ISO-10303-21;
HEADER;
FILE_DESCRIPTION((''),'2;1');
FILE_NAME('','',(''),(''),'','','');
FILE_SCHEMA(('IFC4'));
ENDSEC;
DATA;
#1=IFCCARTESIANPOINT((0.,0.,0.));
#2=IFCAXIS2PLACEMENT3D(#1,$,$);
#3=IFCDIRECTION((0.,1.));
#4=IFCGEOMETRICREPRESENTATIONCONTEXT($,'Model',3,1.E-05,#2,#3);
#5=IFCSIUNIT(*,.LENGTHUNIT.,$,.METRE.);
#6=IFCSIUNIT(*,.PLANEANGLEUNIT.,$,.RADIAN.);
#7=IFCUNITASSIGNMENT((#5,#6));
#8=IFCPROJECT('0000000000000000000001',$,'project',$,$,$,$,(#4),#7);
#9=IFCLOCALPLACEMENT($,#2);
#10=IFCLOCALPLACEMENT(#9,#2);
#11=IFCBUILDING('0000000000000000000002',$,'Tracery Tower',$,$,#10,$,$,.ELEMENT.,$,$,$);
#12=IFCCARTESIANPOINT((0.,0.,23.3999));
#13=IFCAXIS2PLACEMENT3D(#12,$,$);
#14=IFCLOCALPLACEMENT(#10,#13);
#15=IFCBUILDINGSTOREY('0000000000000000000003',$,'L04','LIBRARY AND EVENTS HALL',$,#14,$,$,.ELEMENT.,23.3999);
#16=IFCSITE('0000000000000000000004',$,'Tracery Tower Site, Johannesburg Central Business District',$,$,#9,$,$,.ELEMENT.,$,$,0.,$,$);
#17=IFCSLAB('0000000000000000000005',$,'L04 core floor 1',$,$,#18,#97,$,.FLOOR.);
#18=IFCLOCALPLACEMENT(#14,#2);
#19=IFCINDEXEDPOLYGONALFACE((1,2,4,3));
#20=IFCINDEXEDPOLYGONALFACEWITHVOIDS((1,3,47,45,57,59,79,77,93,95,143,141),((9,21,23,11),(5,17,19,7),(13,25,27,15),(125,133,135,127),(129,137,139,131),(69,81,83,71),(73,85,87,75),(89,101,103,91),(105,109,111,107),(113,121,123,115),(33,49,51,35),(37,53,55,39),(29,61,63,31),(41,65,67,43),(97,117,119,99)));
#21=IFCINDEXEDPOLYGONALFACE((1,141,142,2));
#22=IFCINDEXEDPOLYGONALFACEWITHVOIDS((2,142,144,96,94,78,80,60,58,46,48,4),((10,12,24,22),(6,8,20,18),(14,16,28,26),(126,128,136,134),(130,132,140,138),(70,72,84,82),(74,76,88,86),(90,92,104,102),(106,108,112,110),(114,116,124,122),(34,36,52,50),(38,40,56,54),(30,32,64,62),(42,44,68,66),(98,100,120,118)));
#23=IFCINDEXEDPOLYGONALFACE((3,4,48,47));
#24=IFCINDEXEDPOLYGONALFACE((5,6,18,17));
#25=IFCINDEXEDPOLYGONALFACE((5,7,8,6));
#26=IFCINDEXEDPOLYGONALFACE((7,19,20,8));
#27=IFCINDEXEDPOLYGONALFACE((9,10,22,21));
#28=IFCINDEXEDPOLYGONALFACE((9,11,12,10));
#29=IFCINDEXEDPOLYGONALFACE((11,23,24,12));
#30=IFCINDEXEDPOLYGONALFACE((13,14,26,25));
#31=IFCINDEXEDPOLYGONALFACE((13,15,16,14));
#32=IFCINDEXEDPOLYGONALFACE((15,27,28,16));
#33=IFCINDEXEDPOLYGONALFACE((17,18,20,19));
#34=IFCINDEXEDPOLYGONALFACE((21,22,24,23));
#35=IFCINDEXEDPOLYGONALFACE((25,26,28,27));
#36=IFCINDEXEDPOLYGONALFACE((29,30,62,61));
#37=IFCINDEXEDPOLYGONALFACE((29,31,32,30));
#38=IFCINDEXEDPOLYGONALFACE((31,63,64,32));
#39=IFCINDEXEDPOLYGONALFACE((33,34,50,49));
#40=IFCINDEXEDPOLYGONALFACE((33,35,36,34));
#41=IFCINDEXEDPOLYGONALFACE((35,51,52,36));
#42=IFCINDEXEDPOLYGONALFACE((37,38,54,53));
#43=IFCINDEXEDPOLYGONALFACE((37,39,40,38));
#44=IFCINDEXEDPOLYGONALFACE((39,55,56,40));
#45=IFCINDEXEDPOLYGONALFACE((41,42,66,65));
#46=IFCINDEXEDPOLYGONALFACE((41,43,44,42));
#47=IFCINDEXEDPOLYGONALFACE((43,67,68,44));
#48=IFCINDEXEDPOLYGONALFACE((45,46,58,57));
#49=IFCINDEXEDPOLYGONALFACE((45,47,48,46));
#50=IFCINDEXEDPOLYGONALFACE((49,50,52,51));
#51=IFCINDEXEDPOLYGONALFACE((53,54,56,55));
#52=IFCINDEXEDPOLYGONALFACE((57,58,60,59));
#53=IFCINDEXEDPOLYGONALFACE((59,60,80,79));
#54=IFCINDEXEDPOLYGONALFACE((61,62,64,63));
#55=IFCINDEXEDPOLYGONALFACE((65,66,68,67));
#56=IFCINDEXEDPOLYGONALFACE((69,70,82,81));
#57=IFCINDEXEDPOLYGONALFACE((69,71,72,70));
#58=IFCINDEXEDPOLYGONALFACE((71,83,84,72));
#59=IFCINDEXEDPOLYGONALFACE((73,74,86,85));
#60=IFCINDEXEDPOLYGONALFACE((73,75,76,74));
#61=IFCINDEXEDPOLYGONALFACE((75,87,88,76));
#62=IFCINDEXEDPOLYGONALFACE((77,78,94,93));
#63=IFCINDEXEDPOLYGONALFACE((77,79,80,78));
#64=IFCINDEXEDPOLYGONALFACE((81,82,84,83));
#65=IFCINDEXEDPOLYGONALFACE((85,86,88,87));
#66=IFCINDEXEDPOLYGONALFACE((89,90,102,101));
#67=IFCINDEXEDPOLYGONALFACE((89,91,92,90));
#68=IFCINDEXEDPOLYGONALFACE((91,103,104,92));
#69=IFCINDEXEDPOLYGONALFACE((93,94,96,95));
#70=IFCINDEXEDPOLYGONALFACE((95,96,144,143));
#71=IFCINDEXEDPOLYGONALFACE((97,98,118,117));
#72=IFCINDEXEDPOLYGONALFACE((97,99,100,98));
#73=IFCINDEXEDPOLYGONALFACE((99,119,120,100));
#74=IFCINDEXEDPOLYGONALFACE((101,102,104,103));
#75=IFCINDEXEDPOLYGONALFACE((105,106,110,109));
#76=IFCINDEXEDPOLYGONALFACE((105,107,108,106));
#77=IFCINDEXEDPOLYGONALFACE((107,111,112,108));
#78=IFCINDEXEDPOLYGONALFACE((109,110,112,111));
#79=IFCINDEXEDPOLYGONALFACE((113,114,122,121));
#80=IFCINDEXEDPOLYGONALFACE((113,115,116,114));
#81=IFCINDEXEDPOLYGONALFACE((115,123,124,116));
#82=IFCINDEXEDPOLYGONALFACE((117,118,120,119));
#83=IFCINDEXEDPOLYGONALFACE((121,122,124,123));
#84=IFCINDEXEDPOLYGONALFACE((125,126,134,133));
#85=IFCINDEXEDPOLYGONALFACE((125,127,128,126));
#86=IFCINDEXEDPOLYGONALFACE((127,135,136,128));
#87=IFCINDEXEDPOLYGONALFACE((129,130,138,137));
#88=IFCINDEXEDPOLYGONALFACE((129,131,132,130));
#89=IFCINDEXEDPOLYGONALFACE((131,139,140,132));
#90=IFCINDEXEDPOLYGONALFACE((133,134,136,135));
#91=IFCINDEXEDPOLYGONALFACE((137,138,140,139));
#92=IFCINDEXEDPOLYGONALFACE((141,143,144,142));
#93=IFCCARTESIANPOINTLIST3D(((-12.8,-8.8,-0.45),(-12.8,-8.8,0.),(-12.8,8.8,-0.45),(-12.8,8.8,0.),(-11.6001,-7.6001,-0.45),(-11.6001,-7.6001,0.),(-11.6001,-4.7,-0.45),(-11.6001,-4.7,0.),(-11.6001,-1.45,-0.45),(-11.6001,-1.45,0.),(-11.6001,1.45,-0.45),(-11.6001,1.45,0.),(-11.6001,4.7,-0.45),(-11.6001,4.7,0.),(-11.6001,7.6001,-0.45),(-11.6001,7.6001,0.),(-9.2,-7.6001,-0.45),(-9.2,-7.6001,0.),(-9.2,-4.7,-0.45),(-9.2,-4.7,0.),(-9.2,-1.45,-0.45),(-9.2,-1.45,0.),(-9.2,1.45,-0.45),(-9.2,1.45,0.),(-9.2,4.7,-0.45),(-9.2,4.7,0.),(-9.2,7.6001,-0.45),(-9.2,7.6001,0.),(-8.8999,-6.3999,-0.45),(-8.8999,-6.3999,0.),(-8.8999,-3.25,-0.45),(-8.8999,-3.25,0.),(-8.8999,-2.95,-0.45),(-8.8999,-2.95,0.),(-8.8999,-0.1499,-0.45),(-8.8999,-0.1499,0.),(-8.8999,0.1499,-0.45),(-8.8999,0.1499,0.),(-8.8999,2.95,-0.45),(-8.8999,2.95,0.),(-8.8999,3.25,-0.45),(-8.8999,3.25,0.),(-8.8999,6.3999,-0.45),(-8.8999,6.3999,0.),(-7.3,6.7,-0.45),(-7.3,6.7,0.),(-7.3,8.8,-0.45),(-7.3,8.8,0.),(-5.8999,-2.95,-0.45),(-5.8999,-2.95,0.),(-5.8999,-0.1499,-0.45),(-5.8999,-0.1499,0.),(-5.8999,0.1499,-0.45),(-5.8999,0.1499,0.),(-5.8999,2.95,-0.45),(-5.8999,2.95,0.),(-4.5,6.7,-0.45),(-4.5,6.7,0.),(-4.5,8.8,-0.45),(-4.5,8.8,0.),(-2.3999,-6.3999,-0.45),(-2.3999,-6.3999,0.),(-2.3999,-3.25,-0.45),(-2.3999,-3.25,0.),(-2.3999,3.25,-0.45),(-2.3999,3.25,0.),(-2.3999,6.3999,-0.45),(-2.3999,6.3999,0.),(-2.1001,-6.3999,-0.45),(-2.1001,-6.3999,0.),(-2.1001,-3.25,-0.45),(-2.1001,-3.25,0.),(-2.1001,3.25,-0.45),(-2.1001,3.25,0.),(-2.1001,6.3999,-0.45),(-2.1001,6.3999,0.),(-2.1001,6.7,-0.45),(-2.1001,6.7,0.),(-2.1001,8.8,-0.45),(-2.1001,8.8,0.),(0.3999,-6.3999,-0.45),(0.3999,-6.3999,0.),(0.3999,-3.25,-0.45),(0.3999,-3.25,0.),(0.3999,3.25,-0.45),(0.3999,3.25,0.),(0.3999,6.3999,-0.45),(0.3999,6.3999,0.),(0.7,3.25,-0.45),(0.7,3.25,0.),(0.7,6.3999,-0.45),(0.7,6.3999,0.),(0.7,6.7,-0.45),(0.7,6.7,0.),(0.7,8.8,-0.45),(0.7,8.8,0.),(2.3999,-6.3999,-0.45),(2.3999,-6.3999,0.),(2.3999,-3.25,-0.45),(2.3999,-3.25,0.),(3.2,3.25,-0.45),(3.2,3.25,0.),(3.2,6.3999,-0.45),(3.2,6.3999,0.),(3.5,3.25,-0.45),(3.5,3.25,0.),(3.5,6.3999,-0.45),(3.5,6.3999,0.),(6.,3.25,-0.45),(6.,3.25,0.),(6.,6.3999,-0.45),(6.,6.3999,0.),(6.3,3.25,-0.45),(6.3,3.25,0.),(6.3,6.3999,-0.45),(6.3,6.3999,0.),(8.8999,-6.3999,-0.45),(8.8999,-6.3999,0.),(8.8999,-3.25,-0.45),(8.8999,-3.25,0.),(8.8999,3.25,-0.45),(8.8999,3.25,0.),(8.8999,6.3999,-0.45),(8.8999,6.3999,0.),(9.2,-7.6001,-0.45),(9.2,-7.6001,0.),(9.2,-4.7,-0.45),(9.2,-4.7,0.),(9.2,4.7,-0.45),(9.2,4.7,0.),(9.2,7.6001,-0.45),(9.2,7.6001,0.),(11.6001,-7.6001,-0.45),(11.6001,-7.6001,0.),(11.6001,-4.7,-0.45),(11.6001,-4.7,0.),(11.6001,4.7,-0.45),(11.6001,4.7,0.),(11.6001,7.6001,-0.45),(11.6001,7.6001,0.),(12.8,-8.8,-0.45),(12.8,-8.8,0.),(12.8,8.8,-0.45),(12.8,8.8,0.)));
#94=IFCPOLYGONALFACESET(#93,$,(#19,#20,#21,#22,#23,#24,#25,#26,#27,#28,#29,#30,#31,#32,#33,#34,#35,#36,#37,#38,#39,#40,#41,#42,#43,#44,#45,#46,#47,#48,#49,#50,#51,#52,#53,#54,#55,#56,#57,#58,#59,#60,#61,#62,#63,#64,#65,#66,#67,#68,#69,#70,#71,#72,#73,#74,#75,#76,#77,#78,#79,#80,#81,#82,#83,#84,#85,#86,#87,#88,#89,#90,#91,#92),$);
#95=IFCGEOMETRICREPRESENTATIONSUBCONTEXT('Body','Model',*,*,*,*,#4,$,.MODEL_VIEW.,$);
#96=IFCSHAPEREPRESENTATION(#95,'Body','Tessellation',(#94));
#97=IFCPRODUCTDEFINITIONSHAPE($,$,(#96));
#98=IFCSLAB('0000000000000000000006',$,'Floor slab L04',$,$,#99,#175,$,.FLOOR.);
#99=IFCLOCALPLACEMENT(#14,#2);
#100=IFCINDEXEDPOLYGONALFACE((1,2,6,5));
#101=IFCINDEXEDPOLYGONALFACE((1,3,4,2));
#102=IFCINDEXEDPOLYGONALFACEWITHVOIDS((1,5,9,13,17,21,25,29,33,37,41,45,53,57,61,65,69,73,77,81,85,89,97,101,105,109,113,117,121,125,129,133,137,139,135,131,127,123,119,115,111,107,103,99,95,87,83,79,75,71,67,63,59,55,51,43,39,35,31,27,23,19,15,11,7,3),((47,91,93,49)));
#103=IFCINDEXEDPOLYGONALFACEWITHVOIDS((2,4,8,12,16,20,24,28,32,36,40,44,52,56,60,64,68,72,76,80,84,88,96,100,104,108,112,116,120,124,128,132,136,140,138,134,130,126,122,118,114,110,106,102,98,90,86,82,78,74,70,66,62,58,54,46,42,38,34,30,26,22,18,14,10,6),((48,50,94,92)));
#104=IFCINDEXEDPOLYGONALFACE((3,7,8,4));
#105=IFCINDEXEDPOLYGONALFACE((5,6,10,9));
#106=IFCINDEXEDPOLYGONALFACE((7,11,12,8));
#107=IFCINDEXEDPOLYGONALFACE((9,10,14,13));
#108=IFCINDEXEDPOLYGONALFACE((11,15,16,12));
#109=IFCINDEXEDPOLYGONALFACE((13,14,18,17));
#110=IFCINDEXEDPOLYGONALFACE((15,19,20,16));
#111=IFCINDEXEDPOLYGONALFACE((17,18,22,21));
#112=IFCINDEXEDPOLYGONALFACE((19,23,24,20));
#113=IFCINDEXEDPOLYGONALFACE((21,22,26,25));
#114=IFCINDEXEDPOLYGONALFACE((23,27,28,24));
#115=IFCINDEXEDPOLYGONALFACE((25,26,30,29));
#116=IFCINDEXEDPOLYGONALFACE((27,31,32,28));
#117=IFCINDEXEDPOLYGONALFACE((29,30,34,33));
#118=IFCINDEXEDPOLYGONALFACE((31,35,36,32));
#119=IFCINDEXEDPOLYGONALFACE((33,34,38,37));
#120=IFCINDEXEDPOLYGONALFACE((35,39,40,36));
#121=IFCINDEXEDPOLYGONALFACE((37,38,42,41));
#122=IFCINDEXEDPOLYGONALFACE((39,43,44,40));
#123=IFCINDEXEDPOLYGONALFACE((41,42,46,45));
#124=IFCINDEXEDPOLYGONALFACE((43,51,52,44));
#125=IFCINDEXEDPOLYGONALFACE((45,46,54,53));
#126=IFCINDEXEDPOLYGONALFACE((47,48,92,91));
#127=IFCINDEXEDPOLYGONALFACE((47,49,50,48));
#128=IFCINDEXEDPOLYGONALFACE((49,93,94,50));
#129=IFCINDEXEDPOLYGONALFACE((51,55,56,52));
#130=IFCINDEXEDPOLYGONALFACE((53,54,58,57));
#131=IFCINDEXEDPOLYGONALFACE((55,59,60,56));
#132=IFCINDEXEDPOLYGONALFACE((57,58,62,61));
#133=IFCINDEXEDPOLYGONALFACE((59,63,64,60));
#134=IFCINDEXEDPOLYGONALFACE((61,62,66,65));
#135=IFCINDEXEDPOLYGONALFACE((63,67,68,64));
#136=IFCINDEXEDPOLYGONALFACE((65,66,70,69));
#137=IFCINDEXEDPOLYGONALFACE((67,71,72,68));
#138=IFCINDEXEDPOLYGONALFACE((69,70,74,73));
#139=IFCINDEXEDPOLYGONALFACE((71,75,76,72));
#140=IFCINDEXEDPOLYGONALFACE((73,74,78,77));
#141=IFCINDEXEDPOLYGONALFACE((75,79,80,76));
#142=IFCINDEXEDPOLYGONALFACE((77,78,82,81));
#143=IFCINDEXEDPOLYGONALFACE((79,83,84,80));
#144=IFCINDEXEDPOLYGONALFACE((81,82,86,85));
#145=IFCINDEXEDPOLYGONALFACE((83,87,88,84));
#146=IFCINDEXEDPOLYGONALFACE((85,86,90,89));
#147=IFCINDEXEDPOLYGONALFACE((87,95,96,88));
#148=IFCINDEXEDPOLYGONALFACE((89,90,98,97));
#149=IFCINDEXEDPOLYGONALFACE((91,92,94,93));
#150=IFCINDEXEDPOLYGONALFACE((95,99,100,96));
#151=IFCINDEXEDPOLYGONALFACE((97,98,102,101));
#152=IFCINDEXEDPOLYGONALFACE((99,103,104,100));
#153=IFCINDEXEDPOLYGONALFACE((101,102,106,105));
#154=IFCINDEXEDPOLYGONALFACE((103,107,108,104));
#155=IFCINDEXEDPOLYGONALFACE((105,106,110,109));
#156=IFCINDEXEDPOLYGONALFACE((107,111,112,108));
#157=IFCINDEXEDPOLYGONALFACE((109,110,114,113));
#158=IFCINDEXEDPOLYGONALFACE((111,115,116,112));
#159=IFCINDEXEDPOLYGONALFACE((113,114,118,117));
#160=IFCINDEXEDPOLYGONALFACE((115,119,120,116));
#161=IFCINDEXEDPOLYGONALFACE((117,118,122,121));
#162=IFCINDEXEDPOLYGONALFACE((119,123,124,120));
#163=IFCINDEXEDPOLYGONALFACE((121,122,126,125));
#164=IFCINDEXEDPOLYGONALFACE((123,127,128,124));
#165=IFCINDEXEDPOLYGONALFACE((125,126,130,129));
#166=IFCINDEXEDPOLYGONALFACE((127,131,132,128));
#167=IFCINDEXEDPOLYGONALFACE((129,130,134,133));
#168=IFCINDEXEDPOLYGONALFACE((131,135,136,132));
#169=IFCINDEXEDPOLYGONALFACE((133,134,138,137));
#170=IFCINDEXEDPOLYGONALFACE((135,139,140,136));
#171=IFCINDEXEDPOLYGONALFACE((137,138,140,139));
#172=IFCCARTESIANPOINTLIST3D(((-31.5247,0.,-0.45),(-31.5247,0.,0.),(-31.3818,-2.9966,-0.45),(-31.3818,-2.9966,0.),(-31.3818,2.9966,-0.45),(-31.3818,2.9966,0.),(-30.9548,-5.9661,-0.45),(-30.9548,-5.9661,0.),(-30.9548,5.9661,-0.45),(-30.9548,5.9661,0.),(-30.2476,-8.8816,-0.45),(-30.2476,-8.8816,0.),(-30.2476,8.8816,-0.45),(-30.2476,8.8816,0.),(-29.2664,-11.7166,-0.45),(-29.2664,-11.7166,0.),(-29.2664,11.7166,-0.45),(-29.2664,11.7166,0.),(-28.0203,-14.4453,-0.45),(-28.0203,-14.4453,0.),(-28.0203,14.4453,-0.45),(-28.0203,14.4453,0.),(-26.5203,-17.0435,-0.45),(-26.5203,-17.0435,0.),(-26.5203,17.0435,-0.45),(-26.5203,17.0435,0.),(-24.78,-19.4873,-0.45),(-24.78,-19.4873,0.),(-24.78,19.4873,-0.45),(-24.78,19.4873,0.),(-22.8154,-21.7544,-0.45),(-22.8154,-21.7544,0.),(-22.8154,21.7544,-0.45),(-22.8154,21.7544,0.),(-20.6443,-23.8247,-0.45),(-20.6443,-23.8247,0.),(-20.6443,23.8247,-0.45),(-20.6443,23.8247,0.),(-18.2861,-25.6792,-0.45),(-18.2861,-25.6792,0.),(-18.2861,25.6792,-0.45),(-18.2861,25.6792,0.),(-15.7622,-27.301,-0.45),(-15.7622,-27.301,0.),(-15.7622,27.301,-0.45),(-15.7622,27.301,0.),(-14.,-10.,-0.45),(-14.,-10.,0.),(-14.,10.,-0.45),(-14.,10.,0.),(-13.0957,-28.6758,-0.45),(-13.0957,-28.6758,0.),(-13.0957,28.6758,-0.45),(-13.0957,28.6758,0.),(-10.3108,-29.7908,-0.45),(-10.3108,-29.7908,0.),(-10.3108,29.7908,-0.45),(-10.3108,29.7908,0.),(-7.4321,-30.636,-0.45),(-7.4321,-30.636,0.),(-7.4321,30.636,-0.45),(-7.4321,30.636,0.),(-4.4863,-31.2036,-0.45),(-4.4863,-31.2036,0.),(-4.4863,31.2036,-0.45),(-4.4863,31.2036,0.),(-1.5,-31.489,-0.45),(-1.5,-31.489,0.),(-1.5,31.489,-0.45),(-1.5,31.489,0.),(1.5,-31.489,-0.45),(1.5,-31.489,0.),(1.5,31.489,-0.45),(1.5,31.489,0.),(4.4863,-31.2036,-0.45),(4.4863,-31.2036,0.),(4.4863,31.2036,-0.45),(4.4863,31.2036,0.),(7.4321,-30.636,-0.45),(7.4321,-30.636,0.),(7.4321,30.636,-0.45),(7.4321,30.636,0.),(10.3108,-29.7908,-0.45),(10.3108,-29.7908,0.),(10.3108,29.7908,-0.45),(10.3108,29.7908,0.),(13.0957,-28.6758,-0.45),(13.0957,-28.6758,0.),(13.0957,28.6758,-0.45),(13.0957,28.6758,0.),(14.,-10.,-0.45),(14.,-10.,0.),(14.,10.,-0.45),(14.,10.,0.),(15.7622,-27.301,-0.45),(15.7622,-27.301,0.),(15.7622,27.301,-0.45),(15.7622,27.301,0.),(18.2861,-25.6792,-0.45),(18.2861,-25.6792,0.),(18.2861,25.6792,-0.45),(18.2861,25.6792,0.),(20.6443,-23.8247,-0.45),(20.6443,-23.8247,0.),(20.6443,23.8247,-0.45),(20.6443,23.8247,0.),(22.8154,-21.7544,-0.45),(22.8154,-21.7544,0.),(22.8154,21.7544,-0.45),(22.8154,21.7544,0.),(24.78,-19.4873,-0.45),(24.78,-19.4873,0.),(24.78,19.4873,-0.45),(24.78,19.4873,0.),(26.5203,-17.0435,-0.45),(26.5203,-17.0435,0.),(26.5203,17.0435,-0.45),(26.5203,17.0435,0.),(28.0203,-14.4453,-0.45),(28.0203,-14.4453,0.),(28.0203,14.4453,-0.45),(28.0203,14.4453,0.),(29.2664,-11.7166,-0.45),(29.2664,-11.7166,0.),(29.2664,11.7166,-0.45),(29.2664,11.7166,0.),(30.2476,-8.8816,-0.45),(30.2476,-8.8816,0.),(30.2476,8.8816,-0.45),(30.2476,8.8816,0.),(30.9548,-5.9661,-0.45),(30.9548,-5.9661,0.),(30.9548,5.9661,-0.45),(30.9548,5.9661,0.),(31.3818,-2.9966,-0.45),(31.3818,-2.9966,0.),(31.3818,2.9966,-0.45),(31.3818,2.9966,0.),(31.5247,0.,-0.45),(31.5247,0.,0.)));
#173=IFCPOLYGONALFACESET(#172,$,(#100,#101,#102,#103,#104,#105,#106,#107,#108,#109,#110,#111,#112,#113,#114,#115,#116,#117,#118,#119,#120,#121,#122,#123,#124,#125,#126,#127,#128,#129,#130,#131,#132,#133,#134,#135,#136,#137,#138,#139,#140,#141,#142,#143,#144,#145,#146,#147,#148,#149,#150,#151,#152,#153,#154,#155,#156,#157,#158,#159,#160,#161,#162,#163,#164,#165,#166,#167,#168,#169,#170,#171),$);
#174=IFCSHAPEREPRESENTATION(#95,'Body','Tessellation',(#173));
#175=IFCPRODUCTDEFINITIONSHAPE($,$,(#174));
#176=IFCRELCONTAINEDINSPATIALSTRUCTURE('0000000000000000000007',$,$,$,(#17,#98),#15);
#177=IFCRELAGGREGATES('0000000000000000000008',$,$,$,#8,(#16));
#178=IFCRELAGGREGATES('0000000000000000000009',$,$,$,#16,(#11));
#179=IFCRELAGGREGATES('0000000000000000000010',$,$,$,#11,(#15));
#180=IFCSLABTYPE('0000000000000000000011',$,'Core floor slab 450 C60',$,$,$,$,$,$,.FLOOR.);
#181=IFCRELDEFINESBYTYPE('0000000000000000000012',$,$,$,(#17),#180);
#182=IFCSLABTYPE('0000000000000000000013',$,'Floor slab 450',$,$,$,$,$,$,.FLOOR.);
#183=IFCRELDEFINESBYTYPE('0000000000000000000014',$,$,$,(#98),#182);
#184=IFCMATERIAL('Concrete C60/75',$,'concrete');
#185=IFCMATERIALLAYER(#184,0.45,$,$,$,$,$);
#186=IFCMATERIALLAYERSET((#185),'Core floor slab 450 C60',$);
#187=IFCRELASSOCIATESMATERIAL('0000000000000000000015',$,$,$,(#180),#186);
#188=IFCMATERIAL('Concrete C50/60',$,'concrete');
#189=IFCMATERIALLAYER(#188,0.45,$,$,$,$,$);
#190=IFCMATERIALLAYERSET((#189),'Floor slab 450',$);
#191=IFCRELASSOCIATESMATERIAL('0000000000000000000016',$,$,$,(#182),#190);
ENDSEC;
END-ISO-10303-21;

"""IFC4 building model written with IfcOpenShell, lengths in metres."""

from ifc_helpers import new_model, si_unit, direction, frame, origin, place, context, subcontext, project, spatial, polyline, outline, extrude, material, layer, layer_set, type_object, element, save


model = new_model("IFC4")

# Units and contexts
model_context = context("Model", 3, precision=1e-05, world=origin(), true_north=direction((0.0, 1.0)))
body_context = subcontext(model_context, "Body", "Model", "MODEL_VIEW")
ifc_project = project(units=[si_unit("LENGTHUNIT", "METRE"), si_unit("PLANEANGLEUNIT", "RADIAN")], contexts=[model_context])

# Site, building, storey
site_placement = place(None, origin())
site = spatial("IfcSite", under=ifc_project, at=site_placement, Name="Tracery Tower Site, Johannesburg Central Business District", CompositionType="ELEMENT", RefElevation=0.0)
building_placement = place(site_placement, origin())
building = spatial("IfcBuilding", under=site, at=building_placement, Name="Tracery Tower", CompositionType="ELEMENT")
storey_placement = place(building_placement, frame((0.0, 0.0, 23.3999)))
storey = spatial("IfcBuildingStorey", under=building, at=storey_placement, Name="L04", Description="LIBRARY AND EVENTS HALL", CompositionType="ELEMENT", Elevation=23.3999)

# Slabs
ifc_material_1 = material(Name="Concrete C60/75", Category="concrete")
ifc_layer_1 = layer(ifc_material_1, 0.45)
ifc_layer_set_1 = layer_set([ifc_layer_1], Name="Core floor slab 450 C60")
slab_type_1 = type_object("IfcSlabType", Name="Core floor slab 450 C60", PredefinedType="FLOOR", material=ifc_layer_set_1)
slab_1_placement = place(storey_placement, frame((0.0, 0.0, -0.45)))
element("IfcSlab", 1, at=slab_1_placement, inside=storey, type_object=slab_type_1, Name="L04 core floor 1", PredefinedType="FLOOR", context=body_context, shape_type="SweptSolid", body=[
    extrude(outline(polyline([(-12.8, 8.8), (-7.3, 8.8), (-7.3, 6.7), (-4.5, 6.7), (-4.5, 8.8), (-2.1001, 8.8), (-2.1001, 6.7), (0.7, 6.7), (0.7, 8.8), (12.8, 8.8), (12.8, -8.8), (-12.8, -8.8), (-12.8, 8.8)]), holes=[polyline([(11.6001, -7.6001), (11.6001, -4.7), (9.2, -4.7), (9.2, -7.6001), (11.6001, -7.6001)]), polyline([(11.6001, 4.7), (11.6001, 7.6001), (9.2, 7.6001), (9.2, 4.7), (11.6001, 4.7)]), polyline([(2.3999, -6.3999), (8.8999, -6.3999), (8.8999, -3.25), (2.3999, -3.25), (2.3999, -6.3999)]), polyline([(6.3, 3.25), (8.8999, 3.25), (8.8999, 6.3999), (6.3, 6.3999), (6.3, 3.25)]), polyline([(3.5, 3.25), (6.0, 3.25), (6.0, 6.3999), (3.5, 6.3999), (3.5, 3.25)]), polyline([(3.2, 3.25), (3.2, 6.3999), (0.7, 6.3999), (0.7, 3.25), (3.2, 3.25)]), polyline([(-2.1001, 3.25), (0.3999, 3.25), (0.3999, 6.3999), (-2.1001, 6.3999), (-2.1001, 3.25)]), polyline([(0.3999, -6.3999), (0.3999, -3.25), (-2.1001, -3.25), (-2.1001, -6.3999), (0.3999, -6.3999)]), polyline([(-2.3999, -6.3999), (-2.3999, -3.25), (-8.8999, -3.25), (-8.8999, -6.3999), (-2.3999, -6.3999)]), polyline([(-2.3999, 3.25), (-2.3999, 6.3999), (-8.8999, 6.3999), (-8.8999, 3.25), (-2.3999, 3.25)]), polyline([(-8.8999, -2.95), (-5.8999, -2.95), (-5.8999, -0.1499), (-8.8999, -0.1499), (-8.8999, -2.95)]), polyline([(-5.8999, 0.1499), (-5.8999, 2.95), (-8.8999, 2.95), (-8.8999, 0.1499), (-5.8999, 0.1499)]), polyline([(-11.6001, 4.7), (-9.2, 4.7), (-9.2, 7.6001), (-11.6001, 7.6001), (-11.6001, 4.7)]), polyline([(-9.2, -7.6001), (-9.2, -4.7), (-11.6001, -4.7), (-11.6001, -7.6001), (-9.2, -7.6001)]), polyline([(-9.2, -1.45), (-9.2, 1.45), (-11.6001, 1.45), (-11.6001, -1.45), (-9.2, -1.45)])]), origin(), (0.0, 0.0, 1.0), 0.45),
])
ifc_material_2 = material(Name="Concrete C50/60", Category="concrete")
ifc_layer_2 = layer(ifc_material_2, 0.45)
ifc_layer_set_2 = layer_set([ifc_layer_2], Name="Floor slab 450")
slab_type_2 = type_object("IfcSlabType", Name="Floor slab 450", PredefinedType="FLOOR", material=ifc_layer_set_2)
slab_2_placement = place(storey_placement, frame((0.0, 0.0, -0.45)))
element("IfcSlab", 2, at=slab_2_placement, inside=storey, type_object=slab_type_2, Name="Floor slab L04", PredefinedType="FLOOR", context=body_context, shape_type="SweptSolid", body=[
    extrude(outline(polyline([(31.5247, 0.0), (31.3818, 2.9966), (30.9548, 5.9661), (30.2476, 8.8816), (29.2664, 11.7166), (28.0203, 14.4453), (26.5203, 17.0435), (24.78, 19.4873), (22.8154, 21.7544), (20.6443, 23.8247), (18.2861, 25.6792), (15.7622, 27.301), (13.0957, 28.6758), (10.3108, 29.7908), (7.4321, 30.636), (4.4863, 31.2036), (1.5, 31.489), (-1.5, 31.489), (-4.4863, 31.2036), (-7.4321, 30.636), (-10.3108, 29.7908), (-13.0957, 28.6758), (-15.7622, 27.301), (-18.2861, 25.6792), (-20.6443, 23.8247), (-22.8154, 21.7544), (-24.78, 19.4873), (-26.5203, 17.0435), (-28.0203, 14.4453), (-29.2664, 11.7166), (-30.2476, 8.8816), (-30.9548, 5.9661), (-31.3818, 2.9966), (-31.5247, 0.0), (-31.3818, -2.9966), (-30.9548, -5.9661), (-30.2476, -8.8816), (-29.2664, -11.7166), (-28.0203, -14.4453), (-26.5203, -17.0435), (-24.78, -19.4873), (-22.8154, -21.7544), (-20.6443, -23.8247), (-18.2861, -25.6792), (-15.7622, -27.301), (-13.0957, -28.6758), (-10.3108, -29.7908), (-7.4321, -30.636), (-4.4863, -31.2036), (-1.5, -31.489), (1.5, -31.489), (4.4863, -31.2036), (7.4321, -30.636), (10.3108, -29.7908), (13.0957, -28.6758), (15.7622, -27.301), (18.2861, -25.6792), (20.6443, -23.8247), (22.8154, -21.7544), (24.78, -19.4873), (26.5203, -17.0435), (28.0203, -14.4453), (29.2664, -11.7166), (30.2476, -8.8816), (30.9548, -5.9661), (31.3818, -2.9966), (31.5247, 0.0)]), holes=[polyline([(-14.0, -10.0), (14.0, -10.0), (14.0, 10.0), (-14.0, 10.0), (-14.0, -10.0)])]), origin(), (0.0, 0.0, 1.0), 0.45),
])

save(model, "model.ifc")
